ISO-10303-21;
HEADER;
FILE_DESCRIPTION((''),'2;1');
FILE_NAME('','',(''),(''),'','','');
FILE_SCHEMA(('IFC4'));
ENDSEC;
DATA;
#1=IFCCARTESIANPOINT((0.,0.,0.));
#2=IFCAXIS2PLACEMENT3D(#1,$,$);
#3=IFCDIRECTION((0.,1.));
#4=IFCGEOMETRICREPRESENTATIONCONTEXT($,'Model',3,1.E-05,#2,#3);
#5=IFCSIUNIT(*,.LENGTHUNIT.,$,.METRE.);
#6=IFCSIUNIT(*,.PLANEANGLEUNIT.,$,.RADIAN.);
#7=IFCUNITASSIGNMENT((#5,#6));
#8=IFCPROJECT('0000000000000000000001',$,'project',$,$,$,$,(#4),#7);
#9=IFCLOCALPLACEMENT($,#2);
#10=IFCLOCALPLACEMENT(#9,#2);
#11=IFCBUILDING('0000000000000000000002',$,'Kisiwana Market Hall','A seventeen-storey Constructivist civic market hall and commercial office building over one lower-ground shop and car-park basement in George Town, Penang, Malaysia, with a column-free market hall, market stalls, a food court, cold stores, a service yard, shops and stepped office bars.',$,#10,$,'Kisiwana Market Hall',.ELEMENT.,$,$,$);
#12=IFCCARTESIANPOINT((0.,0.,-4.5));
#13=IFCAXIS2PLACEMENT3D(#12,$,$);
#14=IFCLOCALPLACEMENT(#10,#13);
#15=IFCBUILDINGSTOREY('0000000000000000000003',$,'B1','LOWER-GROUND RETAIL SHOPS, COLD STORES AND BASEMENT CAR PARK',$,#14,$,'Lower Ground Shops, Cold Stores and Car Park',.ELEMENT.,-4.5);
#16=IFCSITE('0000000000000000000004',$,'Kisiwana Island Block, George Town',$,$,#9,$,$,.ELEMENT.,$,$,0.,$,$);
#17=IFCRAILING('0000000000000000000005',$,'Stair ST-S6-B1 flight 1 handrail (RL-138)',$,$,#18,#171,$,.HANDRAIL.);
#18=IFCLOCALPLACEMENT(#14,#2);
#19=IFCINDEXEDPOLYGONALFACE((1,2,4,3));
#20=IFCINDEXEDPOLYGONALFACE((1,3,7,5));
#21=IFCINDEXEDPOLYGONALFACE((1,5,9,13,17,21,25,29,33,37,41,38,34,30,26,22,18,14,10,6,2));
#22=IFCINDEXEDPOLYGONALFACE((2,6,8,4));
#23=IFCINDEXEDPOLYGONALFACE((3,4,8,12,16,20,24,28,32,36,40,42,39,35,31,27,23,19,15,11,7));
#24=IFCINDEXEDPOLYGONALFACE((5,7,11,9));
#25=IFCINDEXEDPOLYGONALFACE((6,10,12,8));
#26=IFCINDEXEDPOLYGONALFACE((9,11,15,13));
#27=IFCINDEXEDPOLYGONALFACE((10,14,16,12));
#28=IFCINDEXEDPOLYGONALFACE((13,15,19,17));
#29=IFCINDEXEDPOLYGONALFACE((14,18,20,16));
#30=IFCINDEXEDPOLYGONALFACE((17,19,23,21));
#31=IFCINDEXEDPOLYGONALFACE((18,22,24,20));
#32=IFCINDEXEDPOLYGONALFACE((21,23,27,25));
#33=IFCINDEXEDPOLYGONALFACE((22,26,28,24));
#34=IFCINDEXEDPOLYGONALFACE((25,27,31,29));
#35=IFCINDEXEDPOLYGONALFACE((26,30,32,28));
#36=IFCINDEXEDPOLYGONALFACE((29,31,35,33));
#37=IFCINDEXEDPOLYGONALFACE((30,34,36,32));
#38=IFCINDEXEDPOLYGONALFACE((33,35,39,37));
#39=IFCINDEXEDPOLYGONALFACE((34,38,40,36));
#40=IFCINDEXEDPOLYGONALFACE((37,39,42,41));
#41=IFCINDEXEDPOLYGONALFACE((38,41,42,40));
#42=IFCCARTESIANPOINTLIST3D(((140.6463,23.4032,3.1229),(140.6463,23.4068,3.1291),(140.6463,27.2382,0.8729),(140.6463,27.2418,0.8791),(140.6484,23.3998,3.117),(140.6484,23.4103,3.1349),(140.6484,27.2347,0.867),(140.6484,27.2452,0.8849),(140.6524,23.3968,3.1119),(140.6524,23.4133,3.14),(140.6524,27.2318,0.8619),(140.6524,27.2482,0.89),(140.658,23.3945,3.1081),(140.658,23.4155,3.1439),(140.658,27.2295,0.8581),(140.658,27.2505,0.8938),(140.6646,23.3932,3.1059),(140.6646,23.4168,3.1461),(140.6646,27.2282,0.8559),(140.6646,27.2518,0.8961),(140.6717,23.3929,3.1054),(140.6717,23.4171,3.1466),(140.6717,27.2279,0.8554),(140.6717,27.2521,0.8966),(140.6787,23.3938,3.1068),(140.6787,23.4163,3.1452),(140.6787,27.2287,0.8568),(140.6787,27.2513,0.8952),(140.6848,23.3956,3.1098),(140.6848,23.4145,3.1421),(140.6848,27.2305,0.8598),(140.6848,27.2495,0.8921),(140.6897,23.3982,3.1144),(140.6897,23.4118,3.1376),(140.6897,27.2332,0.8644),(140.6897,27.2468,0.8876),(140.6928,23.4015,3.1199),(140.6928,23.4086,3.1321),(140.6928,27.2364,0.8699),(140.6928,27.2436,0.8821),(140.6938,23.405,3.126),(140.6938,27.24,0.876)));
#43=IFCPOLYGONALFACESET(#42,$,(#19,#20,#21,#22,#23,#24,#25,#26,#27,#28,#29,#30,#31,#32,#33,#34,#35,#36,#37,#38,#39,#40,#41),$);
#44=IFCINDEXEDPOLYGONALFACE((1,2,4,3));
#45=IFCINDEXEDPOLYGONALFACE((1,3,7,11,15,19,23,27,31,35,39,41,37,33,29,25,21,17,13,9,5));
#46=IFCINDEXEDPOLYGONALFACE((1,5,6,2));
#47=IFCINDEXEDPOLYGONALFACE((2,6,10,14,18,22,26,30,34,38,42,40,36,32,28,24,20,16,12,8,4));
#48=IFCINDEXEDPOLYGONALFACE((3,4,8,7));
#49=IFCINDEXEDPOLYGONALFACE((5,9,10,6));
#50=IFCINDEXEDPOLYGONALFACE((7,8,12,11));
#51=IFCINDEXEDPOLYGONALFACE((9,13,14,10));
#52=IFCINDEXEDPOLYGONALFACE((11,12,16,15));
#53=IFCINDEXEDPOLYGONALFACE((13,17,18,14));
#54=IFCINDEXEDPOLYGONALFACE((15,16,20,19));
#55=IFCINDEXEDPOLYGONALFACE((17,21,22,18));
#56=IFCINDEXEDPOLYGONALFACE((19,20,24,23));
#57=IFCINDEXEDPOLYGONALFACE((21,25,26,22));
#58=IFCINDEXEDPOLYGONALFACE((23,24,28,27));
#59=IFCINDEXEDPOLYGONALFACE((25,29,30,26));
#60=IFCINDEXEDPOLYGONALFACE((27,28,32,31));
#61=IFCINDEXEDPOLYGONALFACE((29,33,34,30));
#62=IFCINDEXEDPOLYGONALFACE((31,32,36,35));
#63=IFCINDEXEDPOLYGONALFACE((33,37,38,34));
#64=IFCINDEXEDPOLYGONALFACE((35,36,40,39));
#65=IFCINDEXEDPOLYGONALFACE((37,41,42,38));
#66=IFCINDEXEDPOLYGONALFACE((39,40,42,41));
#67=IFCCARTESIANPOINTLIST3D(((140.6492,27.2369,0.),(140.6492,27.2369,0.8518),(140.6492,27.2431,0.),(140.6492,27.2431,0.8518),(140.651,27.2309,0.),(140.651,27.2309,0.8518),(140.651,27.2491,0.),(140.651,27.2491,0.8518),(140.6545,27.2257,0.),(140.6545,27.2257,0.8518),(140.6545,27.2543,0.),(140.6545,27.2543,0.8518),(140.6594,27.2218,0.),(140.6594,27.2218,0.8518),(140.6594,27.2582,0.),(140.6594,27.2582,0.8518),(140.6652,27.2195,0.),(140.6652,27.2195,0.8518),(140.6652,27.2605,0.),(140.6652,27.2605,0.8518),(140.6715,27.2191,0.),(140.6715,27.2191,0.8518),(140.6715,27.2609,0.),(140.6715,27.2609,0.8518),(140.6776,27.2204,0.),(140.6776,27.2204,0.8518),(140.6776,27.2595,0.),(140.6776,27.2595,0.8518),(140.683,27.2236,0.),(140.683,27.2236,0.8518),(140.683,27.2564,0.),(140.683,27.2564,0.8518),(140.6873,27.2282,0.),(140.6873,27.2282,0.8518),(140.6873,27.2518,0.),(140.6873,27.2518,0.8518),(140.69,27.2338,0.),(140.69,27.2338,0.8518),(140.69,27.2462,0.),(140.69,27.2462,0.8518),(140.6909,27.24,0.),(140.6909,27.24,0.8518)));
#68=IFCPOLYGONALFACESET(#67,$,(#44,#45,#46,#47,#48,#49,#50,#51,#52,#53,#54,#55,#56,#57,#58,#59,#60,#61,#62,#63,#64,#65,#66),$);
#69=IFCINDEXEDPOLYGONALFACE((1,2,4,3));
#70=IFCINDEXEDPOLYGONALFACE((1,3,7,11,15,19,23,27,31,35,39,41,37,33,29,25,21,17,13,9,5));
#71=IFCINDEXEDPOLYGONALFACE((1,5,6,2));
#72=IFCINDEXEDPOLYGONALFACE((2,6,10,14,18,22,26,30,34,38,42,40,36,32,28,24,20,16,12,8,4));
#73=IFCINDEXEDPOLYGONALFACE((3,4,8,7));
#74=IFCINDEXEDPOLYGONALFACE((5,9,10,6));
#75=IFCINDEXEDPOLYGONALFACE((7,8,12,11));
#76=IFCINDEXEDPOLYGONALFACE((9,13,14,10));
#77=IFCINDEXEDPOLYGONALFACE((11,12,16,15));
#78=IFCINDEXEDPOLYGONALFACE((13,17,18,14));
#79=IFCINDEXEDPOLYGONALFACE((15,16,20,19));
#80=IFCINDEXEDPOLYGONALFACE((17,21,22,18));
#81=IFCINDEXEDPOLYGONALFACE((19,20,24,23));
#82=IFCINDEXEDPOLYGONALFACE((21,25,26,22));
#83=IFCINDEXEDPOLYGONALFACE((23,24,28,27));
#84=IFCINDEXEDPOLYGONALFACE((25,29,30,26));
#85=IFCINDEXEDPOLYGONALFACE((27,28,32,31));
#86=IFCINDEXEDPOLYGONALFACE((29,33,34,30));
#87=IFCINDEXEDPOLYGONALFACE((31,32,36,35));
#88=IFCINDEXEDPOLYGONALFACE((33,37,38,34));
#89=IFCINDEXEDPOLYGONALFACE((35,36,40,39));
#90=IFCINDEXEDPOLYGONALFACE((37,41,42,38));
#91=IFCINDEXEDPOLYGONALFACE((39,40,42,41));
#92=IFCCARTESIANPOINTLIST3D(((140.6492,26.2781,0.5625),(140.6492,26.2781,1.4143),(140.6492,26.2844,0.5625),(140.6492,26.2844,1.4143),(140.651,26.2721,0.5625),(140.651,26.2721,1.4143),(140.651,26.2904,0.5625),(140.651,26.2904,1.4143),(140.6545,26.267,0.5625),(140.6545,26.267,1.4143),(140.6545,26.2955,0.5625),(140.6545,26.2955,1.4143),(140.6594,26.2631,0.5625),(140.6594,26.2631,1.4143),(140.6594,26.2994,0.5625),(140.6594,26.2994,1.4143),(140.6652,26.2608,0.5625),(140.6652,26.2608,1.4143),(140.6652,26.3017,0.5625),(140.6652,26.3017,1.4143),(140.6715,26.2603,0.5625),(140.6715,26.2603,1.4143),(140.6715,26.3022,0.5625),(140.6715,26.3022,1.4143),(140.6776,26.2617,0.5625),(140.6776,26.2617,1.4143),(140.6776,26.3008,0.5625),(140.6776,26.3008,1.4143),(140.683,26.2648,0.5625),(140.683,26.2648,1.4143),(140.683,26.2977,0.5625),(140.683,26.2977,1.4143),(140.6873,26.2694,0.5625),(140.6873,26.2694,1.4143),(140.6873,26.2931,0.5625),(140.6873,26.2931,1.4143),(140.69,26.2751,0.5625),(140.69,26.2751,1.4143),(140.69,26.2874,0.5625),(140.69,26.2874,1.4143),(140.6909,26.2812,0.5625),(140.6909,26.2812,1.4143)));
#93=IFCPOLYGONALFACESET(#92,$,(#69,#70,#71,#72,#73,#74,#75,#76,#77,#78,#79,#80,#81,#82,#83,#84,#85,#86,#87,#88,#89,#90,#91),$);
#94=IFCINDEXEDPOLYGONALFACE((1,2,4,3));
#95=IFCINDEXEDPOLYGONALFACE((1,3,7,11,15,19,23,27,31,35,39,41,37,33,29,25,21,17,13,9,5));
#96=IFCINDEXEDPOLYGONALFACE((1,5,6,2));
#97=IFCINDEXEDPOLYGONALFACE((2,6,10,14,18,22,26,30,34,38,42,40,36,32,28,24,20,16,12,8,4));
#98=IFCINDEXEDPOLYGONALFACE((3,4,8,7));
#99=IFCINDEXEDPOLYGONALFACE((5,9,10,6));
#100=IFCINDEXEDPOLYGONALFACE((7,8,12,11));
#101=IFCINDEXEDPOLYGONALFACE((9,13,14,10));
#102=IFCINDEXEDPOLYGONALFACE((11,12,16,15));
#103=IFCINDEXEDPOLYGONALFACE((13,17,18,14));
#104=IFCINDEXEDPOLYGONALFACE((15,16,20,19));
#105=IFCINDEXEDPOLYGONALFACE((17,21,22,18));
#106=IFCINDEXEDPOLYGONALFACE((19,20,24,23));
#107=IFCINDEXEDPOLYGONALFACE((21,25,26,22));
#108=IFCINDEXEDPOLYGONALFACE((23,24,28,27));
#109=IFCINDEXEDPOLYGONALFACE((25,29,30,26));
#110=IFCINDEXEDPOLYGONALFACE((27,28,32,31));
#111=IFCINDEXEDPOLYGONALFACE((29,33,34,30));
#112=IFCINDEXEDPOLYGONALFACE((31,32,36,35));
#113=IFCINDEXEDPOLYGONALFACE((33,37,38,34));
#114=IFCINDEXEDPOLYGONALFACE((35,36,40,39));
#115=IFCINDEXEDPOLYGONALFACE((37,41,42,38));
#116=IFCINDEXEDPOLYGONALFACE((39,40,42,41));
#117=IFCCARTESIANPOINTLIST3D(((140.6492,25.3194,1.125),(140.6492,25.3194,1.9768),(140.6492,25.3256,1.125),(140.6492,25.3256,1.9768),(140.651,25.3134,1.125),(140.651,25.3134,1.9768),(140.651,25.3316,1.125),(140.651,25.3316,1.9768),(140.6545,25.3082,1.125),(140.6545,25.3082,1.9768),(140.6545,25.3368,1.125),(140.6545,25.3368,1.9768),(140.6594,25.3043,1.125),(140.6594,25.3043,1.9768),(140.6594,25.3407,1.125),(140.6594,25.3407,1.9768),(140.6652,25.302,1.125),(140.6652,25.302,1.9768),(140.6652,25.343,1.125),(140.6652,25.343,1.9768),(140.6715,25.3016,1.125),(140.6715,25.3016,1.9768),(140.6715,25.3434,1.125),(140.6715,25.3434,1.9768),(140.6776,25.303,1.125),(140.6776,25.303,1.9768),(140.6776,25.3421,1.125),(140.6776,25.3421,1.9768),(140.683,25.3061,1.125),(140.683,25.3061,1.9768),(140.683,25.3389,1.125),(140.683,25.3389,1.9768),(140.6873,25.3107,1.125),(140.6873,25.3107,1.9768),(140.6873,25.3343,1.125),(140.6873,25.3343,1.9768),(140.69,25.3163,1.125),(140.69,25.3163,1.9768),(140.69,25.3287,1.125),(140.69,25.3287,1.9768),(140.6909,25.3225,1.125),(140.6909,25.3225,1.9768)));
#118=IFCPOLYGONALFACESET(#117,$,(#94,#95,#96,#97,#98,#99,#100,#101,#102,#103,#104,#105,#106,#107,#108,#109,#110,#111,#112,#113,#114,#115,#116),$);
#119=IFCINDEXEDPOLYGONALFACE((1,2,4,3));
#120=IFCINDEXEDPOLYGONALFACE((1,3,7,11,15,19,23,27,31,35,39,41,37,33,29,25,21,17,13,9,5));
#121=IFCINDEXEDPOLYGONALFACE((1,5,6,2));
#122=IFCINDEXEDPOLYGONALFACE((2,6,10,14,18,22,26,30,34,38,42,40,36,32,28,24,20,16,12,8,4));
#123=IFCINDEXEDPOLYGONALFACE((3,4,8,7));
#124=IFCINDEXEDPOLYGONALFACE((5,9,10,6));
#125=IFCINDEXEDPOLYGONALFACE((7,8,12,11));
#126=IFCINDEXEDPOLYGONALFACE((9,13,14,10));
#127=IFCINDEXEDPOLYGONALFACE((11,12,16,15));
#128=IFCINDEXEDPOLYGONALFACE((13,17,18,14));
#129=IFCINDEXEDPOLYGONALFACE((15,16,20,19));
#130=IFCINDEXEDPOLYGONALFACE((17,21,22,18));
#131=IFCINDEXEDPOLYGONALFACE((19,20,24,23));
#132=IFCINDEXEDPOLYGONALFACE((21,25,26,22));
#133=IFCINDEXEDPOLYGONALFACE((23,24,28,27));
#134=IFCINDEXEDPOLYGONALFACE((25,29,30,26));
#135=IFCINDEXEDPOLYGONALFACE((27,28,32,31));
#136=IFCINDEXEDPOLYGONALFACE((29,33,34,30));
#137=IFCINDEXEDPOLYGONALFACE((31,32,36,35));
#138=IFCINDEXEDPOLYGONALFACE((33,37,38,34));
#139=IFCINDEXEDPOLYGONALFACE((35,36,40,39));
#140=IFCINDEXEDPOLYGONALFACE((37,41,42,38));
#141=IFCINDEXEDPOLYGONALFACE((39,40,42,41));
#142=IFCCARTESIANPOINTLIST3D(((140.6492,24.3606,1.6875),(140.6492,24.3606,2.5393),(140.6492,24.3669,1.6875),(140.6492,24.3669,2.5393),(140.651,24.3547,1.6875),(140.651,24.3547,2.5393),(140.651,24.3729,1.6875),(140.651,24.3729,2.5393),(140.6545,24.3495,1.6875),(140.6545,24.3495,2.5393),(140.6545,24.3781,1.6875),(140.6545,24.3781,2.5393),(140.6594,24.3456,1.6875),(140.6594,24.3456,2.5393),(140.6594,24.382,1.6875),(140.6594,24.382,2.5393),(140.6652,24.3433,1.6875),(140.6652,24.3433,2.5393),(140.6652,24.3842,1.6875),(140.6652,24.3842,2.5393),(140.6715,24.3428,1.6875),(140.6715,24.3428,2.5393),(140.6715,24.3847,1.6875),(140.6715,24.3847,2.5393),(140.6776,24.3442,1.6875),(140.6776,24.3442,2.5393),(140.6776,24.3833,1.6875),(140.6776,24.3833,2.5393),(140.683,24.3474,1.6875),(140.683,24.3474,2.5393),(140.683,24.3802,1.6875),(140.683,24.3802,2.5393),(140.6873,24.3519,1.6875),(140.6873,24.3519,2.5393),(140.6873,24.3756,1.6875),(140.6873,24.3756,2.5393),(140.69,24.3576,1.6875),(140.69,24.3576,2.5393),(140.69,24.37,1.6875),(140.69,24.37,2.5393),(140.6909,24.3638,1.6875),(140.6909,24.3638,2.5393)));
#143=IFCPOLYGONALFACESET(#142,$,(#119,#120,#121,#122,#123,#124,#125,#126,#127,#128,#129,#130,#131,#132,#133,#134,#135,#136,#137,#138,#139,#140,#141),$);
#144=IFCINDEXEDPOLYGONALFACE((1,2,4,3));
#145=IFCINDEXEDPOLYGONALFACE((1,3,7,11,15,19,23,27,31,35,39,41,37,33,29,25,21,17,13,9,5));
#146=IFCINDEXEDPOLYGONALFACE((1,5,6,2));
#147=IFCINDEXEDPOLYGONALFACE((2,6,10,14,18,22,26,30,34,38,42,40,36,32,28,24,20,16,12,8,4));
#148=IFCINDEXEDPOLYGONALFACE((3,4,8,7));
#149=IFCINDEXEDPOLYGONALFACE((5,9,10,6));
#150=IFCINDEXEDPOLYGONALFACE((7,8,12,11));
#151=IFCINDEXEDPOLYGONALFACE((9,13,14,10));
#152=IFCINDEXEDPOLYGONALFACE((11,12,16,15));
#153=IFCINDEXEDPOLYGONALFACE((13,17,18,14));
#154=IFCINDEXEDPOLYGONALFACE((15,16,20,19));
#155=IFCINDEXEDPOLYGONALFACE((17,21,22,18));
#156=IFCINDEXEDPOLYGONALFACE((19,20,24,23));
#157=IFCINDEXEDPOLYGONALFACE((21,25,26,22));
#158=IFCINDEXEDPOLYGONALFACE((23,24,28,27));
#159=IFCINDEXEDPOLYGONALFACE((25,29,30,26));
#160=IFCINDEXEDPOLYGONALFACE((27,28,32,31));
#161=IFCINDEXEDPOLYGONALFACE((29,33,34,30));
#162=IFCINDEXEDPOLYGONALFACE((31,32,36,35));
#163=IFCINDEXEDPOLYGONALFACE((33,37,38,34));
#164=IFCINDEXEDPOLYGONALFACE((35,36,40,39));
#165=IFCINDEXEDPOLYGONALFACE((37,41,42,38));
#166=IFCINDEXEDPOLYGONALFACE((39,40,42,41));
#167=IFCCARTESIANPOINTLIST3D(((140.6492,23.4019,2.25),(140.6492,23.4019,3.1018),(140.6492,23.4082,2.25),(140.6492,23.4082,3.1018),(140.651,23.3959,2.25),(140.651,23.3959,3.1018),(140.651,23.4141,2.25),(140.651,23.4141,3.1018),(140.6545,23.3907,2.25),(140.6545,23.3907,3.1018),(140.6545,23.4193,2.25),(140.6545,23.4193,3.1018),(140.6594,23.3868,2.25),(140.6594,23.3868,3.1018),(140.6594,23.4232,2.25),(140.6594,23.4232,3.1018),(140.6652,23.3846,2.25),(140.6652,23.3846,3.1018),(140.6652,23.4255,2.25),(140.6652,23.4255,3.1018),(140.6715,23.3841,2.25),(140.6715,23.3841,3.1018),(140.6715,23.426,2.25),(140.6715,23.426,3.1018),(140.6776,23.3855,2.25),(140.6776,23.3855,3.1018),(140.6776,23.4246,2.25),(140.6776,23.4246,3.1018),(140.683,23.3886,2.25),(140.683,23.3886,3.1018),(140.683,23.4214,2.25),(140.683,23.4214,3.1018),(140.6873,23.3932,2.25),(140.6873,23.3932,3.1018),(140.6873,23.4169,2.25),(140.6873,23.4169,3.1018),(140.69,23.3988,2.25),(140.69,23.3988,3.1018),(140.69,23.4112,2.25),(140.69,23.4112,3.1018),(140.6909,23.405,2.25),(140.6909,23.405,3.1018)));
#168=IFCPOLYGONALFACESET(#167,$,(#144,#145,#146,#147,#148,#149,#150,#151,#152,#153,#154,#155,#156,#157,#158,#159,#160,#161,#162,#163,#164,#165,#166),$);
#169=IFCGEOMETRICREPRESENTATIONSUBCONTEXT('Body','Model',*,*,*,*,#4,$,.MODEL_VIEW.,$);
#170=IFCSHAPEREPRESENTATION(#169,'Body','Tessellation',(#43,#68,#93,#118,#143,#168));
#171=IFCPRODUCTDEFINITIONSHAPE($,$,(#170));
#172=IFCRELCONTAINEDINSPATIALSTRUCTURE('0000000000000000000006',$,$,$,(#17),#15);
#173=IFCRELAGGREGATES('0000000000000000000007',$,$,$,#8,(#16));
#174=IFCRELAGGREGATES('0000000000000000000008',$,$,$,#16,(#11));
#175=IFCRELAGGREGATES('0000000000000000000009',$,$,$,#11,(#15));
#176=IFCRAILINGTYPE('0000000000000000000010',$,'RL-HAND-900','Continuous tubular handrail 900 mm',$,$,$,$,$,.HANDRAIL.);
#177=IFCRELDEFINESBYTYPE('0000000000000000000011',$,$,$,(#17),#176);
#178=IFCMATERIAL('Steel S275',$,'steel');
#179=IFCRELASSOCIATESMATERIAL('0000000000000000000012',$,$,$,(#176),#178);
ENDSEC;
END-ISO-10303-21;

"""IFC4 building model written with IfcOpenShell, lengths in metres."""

from ifc_helpers import new_model, si_unit, direction, frame, origin, origin_2d, place, context, subcontext, project, spatial, circle, extrude, material, type_object, element, save


model = new_model("IFC4")

# Units and contexts
model_context = context("Model", 3, precision=1e-05, world=origin(), true_north=direction((0.0, 1.0)))
body_context = subcontext(model_context, "Body", "Model", "MODEL_VIEW")
ifc_project = project(units=[si_unit("LENGTHUNIT", "METRE"), si_unit("PLANEANGLEUNIT", "RADIAN")], contexts=[model_context])

# Site, building, storey
site_placement = place(None, origin())
site = spatial("IfcSite", under=ifc_project, at=site_placement, Name="Kisiwana Island Block, George Town", CompositionType="ELEMENT", RefElevation=0.0)
building_placement = place(site_placement, origin())
building = spatial("IfcBuilding", under=site, at=building_placement, Name="Kisiwana Market Hall", Description="A seventeen-storey Constructivist civic market hall and commercial office building over one lower-ground shop and car-park basement in George Town, Penang, Malaysia, with a column-free market hall, market stalls, a food court, cold stores, a service yard, shops and stepped office bars.", LongName="Kisiwana Market Hall", CompositionType="ELEMENT")
storey_placement = place(building_placement, frame((0.0, 0.0, -4.5)))
storey = spatial("IfcBuildingStorey", under=building, at=storey_placement, Name="B1", Description="LOWER-GROUND RETAIL SHOPS, COLD STORES AND BASEMENT CAR PARK", LongName="Lower Ground Shops, Cold Stores and Car Park", CompositionType="ELEMENT", Elevation=-4.5)

# Railing
ifc_material_1 = material(Name="Steel S275", Category="steel")
railing_type_1 = type_object("IfcRailingType", Name="RL-HAND-900", Description="Continuous tubular handrail 900 mm", PredefinedType="HANDRAIL", material=ifc_material_1)
railing_1_placement = place(storey_placement, frame((140.6699, 27.24, 0.0)))
element("IfcRailing", 1, at=railing_1_placement, inside=storey, type_object=railing_type_1, Name="Stair ST-S6-B1 flight 1 handrail (RL-138)", PredefinedType="HANDRAIL", context=body_context, shape_type="SweptSolid", body=[
    extrude(circle(Radius=0.0239, at=origin_2d()), frame((0.0, 0.0, 0.876), z_axis=(0.0, -0.86251, 0.506041), x_axis=(1.0, 0.0, 0.0)), (0.0, 0.0, 1.0), 4.4463),
    extrude(circle(Radius=0.021, at=origin_2d()), origin(), (0.0, 0.0, 1.0), 0.8518),
    extrude(circle(Radius=0.021, at=origin_2d()), frame((0.0, -0.9587, 0.5625)), (0.0, 0.0, 1.0), 0.8518),
    extrude(circle(Radius=0.021, at=origin_2d()), frame((0.0, -1.9175, 1.125)), (0.0, 0.0, 1.0), 0.8518),
    extrude(circle(Radius=0.021, at=origin_2d()), frame((0.0, -2.8762, 1.6875)), (0.0, 0.0, 1.0), 0.8518),
    extrude(circle(Radius=0.021, at=origin_2d()), frame((0.0, -3.835, 2.25)), (0.0, 0.0, 1.0), 0.8518),
])

save(model, "model.ifc")
